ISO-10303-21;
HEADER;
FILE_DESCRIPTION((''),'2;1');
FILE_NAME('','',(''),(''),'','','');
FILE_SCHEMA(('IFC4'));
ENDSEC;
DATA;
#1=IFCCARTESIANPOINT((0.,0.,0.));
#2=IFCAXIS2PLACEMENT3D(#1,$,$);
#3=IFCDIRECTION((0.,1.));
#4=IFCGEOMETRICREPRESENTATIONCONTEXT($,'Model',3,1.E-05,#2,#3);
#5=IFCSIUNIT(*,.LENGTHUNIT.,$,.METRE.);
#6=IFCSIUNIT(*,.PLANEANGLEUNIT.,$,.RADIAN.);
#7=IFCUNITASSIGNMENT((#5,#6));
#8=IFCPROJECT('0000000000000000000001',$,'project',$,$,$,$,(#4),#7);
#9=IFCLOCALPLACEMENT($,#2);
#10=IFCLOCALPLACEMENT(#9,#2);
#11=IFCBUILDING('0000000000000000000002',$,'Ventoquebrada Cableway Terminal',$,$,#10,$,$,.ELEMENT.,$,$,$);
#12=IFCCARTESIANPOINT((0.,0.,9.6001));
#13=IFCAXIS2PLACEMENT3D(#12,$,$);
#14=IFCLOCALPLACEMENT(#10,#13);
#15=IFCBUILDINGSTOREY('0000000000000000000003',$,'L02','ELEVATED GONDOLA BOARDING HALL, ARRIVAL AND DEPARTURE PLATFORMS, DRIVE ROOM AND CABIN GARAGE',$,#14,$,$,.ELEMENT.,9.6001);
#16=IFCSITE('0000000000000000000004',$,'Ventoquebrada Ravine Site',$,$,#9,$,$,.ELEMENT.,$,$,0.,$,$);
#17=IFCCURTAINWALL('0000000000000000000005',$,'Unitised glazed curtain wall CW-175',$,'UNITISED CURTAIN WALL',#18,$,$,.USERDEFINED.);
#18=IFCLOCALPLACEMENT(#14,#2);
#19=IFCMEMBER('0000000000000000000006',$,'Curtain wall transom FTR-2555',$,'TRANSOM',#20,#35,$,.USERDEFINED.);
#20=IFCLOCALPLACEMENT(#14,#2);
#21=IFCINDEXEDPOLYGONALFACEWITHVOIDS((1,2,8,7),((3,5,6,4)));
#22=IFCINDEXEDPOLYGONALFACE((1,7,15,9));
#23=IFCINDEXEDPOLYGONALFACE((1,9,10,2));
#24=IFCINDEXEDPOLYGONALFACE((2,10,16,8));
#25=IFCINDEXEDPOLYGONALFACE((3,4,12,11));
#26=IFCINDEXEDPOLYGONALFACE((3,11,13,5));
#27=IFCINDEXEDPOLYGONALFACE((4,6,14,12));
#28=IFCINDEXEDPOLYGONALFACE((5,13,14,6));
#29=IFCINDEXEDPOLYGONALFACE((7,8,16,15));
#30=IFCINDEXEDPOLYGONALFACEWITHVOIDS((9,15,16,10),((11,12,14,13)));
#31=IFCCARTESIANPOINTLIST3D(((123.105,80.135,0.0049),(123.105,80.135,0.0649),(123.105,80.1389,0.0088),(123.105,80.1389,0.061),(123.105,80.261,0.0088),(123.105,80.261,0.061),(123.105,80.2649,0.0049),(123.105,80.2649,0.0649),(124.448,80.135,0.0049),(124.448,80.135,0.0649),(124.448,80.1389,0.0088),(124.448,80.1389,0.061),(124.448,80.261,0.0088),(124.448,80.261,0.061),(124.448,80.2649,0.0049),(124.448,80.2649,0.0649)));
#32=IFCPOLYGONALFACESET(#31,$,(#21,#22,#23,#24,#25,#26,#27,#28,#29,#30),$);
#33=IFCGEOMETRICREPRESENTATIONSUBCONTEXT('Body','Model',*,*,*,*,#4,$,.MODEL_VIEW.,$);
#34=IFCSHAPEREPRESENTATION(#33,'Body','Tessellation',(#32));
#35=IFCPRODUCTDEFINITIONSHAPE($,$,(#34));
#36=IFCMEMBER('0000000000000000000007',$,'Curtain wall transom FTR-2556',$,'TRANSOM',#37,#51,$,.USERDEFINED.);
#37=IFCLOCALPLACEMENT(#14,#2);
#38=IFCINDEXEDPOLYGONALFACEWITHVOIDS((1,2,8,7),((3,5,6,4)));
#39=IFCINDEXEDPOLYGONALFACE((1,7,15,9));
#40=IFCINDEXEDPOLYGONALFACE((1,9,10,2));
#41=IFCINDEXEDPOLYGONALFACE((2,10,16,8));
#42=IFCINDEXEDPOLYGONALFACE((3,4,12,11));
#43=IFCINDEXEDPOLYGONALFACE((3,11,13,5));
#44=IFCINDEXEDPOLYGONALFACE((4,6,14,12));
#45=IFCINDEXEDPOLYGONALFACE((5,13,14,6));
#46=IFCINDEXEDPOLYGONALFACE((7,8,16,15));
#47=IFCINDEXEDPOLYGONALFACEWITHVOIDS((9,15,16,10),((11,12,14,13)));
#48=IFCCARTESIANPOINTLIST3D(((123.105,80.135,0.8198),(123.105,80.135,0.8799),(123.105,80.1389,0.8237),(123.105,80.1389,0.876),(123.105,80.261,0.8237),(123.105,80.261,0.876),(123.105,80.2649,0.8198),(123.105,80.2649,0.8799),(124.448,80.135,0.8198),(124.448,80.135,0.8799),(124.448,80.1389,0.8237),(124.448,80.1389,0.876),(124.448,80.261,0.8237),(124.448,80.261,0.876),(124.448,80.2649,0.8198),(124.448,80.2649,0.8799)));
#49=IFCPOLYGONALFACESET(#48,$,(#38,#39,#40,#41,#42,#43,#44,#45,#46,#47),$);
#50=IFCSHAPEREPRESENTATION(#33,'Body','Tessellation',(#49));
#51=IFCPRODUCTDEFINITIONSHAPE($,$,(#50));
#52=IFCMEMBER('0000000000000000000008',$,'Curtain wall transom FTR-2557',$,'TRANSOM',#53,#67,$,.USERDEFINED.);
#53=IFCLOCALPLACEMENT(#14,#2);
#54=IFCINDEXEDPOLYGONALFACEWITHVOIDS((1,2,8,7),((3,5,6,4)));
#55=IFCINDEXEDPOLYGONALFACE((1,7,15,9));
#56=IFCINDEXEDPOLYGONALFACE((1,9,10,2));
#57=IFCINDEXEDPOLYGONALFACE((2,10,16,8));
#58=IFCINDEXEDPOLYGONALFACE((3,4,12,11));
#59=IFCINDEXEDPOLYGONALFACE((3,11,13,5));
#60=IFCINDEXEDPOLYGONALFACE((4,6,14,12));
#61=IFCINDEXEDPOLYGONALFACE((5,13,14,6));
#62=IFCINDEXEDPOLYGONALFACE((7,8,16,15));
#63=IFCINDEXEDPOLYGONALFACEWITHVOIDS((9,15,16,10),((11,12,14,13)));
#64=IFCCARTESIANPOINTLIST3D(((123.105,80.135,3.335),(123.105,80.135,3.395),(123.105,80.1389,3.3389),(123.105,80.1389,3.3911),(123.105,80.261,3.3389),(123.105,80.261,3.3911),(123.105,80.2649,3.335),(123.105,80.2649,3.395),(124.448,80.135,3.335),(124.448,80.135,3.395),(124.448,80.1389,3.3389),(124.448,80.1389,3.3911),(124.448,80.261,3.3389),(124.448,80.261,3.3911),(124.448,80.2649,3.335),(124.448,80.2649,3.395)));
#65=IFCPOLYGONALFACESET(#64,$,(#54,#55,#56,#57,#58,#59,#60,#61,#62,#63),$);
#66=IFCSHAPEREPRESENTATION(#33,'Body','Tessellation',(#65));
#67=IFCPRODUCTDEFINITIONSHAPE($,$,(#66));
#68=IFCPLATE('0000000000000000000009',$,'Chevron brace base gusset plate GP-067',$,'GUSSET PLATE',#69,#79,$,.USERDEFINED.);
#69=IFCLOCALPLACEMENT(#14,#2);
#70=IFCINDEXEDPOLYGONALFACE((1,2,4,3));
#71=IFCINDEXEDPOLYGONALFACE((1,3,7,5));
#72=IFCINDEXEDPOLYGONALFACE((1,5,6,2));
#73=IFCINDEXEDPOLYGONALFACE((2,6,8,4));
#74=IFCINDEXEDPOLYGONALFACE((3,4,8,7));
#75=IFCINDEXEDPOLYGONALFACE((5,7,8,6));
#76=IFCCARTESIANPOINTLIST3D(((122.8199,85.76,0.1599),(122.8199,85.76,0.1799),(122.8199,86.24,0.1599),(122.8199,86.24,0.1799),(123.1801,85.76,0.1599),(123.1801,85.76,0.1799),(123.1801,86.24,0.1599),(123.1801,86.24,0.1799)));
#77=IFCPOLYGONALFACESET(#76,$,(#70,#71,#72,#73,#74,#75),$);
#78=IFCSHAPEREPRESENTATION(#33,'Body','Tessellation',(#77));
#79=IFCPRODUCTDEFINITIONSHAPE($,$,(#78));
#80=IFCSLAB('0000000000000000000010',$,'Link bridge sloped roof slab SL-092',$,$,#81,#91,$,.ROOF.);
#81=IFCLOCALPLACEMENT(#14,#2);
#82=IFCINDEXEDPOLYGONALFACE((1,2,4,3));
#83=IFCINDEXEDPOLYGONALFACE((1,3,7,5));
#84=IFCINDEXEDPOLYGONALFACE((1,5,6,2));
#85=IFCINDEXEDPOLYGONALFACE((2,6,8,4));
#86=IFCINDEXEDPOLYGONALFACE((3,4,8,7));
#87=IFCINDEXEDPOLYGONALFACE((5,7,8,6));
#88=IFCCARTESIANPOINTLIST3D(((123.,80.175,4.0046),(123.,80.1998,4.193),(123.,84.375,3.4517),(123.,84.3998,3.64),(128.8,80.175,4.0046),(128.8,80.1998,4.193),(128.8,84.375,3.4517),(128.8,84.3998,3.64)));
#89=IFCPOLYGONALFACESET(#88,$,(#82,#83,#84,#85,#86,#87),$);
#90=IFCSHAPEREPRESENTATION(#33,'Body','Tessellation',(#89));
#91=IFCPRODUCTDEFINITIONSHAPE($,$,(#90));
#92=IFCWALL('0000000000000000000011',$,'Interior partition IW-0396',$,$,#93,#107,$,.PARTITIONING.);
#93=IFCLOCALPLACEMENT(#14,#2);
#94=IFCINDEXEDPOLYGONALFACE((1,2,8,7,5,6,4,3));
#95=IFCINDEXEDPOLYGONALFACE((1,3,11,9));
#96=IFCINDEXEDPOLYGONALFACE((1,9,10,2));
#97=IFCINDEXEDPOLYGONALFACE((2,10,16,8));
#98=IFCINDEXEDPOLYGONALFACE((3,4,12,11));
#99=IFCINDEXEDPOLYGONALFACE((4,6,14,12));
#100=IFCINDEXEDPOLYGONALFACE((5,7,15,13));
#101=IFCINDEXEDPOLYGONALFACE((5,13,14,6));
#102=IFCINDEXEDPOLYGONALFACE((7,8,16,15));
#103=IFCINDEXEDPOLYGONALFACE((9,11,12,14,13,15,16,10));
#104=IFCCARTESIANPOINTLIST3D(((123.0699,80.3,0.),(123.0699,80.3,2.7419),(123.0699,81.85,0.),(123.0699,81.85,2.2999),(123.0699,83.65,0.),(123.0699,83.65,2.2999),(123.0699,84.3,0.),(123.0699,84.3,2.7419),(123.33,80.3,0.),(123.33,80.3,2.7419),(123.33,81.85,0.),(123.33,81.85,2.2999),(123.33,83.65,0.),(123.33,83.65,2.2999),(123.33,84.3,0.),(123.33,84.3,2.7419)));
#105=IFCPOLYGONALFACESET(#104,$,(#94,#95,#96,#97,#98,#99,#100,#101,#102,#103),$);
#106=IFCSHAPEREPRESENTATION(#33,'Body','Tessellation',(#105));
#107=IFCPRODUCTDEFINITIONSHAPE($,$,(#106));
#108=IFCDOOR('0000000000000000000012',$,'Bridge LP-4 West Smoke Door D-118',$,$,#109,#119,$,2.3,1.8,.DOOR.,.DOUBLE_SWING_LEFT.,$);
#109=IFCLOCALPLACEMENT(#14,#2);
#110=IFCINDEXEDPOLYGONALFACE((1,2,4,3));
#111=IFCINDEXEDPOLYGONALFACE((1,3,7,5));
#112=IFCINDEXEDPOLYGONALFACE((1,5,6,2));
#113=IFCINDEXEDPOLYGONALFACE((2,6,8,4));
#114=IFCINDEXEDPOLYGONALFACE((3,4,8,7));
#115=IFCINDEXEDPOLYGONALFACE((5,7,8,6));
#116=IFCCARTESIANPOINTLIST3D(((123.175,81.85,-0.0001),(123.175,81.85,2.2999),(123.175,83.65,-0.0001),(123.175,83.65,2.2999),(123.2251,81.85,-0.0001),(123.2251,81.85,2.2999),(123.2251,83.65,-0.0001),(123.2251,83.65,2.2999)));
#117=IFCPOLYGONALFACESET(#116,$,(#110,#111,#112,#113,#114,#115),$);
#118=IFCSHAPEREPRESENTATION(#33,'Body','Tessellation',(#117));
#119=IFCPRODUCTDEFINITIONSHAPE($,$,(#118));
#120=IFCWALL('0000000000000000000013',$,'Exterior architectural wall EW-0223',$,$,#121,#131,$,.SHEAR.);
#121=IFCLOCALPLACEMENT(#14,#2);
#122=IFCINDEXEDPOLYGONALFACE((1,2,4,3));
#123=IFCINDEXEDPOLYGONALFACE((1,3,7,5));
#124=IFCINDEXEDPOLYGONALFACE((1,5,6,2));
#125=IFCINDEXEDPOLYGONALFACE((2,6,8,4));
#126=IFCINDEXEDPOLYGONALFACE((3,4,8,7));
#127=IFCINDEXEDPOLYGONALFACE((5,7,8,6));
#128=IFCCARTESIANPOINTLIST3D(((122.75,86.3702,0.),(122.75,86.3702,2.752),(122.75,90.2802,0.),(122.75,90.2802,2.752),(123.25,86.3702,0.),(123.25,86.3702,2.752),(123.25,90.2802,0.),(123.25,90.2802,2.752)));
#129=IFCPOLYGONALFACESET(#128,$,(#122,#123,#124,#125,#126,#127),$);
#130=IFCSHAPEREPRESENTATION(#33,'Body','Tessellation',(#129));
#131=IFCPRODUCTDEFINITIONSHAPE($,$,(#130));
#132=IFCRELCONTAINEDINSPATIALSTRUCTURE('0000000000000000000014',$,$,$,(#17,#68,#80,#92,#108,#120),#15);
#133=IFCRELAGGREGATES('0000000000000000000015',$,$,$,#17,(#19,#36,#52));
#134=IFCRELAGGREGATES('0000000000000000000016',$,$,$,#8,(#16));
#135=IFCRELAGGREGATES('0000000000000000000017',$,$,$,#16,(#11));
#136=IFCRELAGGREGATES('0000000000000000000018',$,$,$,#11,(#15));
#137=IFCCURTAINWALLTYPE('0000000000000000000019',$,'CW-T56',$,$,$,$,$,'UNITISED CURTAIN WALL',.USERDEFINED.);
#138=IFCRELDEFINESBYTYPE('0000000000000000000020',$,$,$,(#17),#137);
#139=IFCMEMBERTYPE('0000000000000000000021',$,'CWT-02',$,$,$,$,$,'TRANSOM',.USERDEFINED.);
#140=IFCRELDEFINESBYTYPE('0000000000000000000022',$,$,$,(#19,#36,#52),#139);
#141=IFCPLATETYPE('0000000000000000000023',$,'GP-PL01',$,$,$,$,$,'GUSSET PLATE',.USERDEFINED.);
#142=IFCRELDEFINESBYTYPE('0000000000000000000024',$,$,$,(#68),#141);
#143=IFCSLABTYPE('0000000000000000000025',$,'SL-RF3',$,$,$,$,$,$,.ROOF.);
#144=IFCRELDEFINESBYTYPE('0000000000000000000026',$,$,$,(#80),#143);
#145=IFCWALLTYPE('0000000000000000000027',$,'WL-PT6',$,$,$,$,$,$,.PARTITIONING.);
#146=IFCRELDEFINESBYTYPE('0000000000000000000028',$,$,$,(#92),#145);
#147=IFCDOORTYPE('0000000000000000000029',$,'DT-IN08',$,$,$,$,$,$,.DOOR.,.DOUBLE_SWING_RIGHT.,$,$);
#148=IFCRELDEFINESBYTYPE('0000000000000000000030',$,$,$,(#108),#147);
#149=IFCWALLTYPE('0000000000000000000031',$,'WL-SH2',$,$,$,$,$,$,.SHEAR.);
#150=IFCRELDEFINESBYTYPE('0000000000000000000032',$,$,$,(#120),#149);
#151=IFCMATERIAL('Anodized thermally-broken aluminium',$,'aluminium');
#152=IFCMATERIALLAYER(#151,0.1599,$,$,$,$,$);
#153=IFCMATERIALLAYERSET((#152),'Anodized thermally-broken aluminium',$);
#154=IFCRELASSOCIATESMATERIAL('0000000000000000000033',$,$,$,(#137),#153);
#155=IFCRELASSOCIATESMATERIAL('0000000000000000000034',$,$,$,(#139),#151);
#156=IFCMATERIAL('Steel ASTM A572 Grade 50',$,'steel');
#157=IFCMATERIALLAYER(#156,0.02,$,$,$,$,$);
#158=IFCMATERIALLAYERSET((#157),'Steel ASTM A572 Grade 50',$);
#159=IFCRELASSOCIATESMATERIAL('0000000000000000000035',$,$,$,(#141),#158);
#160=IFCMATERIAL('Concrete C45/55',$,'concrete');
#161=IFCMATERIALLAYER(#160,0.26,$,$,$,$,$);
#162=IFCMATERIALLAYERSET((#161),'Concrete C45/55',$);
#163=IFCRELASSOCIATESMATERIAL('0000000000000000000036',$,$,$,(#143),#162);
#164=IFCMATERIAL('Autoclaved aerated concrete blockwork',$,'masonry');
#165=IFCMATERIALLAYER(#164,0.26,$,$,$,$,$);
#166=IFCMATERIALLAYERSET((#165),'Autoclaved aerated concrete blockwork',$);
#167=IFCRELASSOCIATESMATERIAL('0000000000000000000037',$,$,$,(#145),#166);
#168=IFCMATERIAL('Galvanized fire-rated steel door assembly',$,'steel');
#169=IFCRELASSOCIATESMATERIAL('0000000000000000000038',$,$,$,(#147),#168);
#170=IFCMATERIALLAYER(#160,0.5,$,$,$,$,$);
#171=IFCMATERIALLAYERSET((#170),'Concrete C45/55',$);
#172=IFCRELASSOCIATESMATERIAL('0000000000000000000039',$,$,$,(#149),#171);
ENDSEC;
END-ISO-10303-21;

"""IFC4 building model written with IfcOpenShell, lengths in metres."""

from ifc_helpers import new_model, si_unit, direction, frame, frame_2d, origin, origin_2d, place, context, subcontext, project, spatial, polyline, rectangle, hollow_rectangle, outline, extrude, material, layer, layer_set, material_profile, profile_set, type_object, element, fill, aggregate, save


model = new_model("IFC4")

# Units and contexts
model_context = context("Model", 3, precision=1e-05, world=origin(), true_north=direction((0.0, 1.0)))
body_context = subcontext(model_context, "Body", "Model", "MODEL_VIEW")
ifc_project = project(units=[si_unit("LENGTHUNIT", "METRE"), si_unit("PLANEANGLEUNIT", "RADIAN")], contexts=[model_context])

# Site, building, storey
site_placement = place(None, origin())
site = spatial("IfcSite", under=ifc_project, at=site_placement, Name="Ventoquebrada Ravine Site", CompositionType="ELEMENT", RefElevation=0.0)
building_placement = place(site_placement, origin())
building = spatial("IfcBuilding", under=site, at=building_placement, Name="Ventoquebrada Cableway Terminal", CompositionType="ELEMENT")
storey_placement = place(building_placement, frame((0.0, 0.0, 9.6001)))
storey = spatial("IfcBuildingStorey", under=building, at=storey_placement, Name="L02", Description="ELEVATED GONDOLA BOARDING HALL, ARRIVAL AND DEPARTURE PLATFORMS, DRIVE ROOM AND CABIN GARAGE", CompositionType="ELEMENT", Elevation=9.6001)

# Curtain wall
ifc_material_1 = material(Name="Anodized thermally-broken aluminium", Category="aluminium")
ifc_layer_1 = layer(ifc_material_1, 0.1599)
ifc_layer_set_1 = layer_set([ifc_layer_1], Name="Anodized thermally-broken aluminium")
curtain_wall_type = type_object("IfcCurtainWallType", Name="CW-T56", ElementType="UNITISED CURTAIN WALL", PredefinedType="USERDEFINED", material=ifc_layer_set_1)
curtain_wall_1_placement = place(storey_placement, origin())
curtain_wall_1 = element("IfcCurtainWall", 1, at=curtain_wall_1_placement, inside=storey, type_object=curtain_wall_type, Name="Unitised glazed curtain wall CW-175", ObjectType="UNITISED CURTAIN WALL", PredefinedType="USERDEFINED")

# Members
ifc_material_profile_1 = material_profile(ifc_material_1, hollow_rectangle(XDim=0.0601, YDim=0.1299, WallThickness=0.0039, at=origin_2d()), Name="CW-TRN-60X130")
ifc_profile_set_1 = profile_set([ifc_material_profile_1], Name="Anodized thermally-broken aluminium")
member_type_1 = type_object("IfcMemberType", Name="CWT-02", ElementType="TRANSOM", PredefinedType="USERDEFINED", material=ifc_profile_set_1)
member_1_placement = place(storey_placement, frame((123.105, 80.2, 0.0349), z_axis=(1.0, 0.0, 0.0), x_axis=(0.0, 0.0, 1.0)))
member_1 = element("IfcMember", 2, at=member_1_placement, type_object=member_type_1, Name="Curtain wall transom FTR-2555", ObjectType="TRANSOM", PredefinedType="USERDEFINED", context=body_context, shape_type="SweptSolid", body=[
    extrude(hollow_rectangle(XDim=0.0601, YDim=0.1299, WallThickness=0.0039, at=origin_2d()), origin(), (0.0, 0.0, 1.0), 1.343),
])
member_2_placement = place(storey_placement, frame((123.105, 80.2, 0.8499), z_axis=(1.0, 0.0, 0.0), x_axis=(0.0, 0.0, 1.0)))
member_2 = element("IfcMember", 3, at=member_2_placement, type_object=member_type_1, Name="Curtain wall transom FTR-2556", ObjectType="TRANSOM", PredefinedType="USERDEFINED", context=body_context, shape_type="SweptSolid", body=[
    extrude(hollow_rectangle(XDim=0.0601, YDim=0.1299, WallThickness=0.0039, at=origin_2d()), origin(), (0.0, 0.0, 1.0), 1.343),
])
member_3_placement = place(storey_placement, frame((123.105, 80.2, 3.365), z_axis=(1.0, 0.0, 0.0), x_axis=(0.0, 0.0, 1.0)))
member_3 = element("IfcMember", 4, at=member_3_placement, type_object=member_type_1, Name="Curtain wall transom FTR-2557", ObjectType="TRANSOM", PredefinedType="USERDEFINED", context=body_context, shape_type="SweptSolid", body=[
    extrude(hollow_rectangle(XDim=0.0601, YDim=0.1299, WallThickness=0.0039, at=origin_2d()), origin(), (0.0, 0.0, 1.0), 1.343),
])
aggregate(curtain_wall_1, [member_1, member_2, member_3])

# Plate
ifc_material_2 = material(Name="Steel ASTM A572 Grade 50", Category="steel")
ifc_layer_2 = layer(ifc_material_2, 0.02)
ifc_layer_set_2 = layer_set([ifc_layer_2], Name="Steel ASTM A572 Grade 50")
plate_type = type_object("IfcPlateType", Name="GP-PL01", ElementType="GUSSET PLATE", PredefinedType="USERDEFINED", material=ifc_layer_set_2)
plate_placement = place(storey_placement, frame((123.0, 86.0, 0.1599), z_axis=(0.0, 0.0, 1.0), x_axis=(0.0, 1.0, 0.0)))
element("IfcPlate", 5, at=plate_placement, inside=storey, type_object=plate_type, Name="Chevron brace base gusset plate GP-067", ObjectType="GUSSET PLATE", PredefinedType="USERDEFINED", context=body_context, shape_type="SweptSolid", body=[
    extrude(rectangle(XDim=0.48, YDim=0.3601, at=origin_2d()), origin(), (0.0, 0.0, 1.0), 0.02),
])

# Slab
ifc_material_3 = material(Name="Concrete C45/55", Category="concrete")
ifc_layer_3 = layer(ifc_material_3, 0.26)
ifc_layer_set_3 = layer_set([ifc_layer_3], Name="Concrete C45/55")
slab_type = type_object("IfcSlabType", Name="SL-RF3", PredefinedType="ROOF", material=ifc_layer_set_3)
slab_placement = place(storey_placement, frame((123.0, 80.175, 4.0046), z_axis=(0.0, 0.130537, 0.991444), x_axis=(1.0, 0.0, 0.0)))
element("IfcSlab", 6, at=slab_placement, inside=storey, type_object=slab_type, Name="Link bridge sloped roof slab SL-092", PredefinedType="ROOF", context=body_context, shape_type="SweptSolid", body=[
    extrude(outline(polyline([(0.0, 0.0), (5.8, 0.0), (5.8, 4.2362), (0.0, 4.2362), (0.0, 0.0)])), origin(), (0.0, 0.0, 1.0), 0.1899),
])

# Wall, opening, door
ifc_material_4 = material(Name="Autoclaved aerated concrete blockwork", Category="masonry")
ifc_layer_4 = layer(ifc_material_4, 0.26)
ifc_layer_set_4 = layer_set([ifc_layer_4], Name="Autoclaved aerated concrete blockwork")
wall_type_1 = type_object("IfcWallType", Name="WL-PT6", PredefinedType="PARTITIONING", material=ifc_layer_set_4)
wall_1_placement = place(storey_placement, frame((123.2, 80.3, 0.0), z_axis=(0.0, 0.0, 1.0), x_axis=(0.0, 1.0, 0.0)))
wall_1 = element("IfcWall", 7, at=wall_1_placement, inside=storey, type_object=wall_type_1, Name="Interior partition IW-0396", PredefinedType="PARTITIONING", context=body_context, shape_type="SweptSolid", body=[
    extrude(rectangle(XDim=4.0, YDim=0.26, at=frame_2d((2.0, 0.0))), origin(), (0.0, 0.0, 1.0), 2.7419),
])
opening_placement = place(wall_1_placement, frame((1.55, 0.0, 0.0)))
opening = element("IfcOpeningElement", 8, at=opening_placement, cuts=wall_1, PredefinedType="OPENING", context=body_context, shape_type="SweptSolid", body=[
    extrude(rectangle(XDim=1.8, YDim=2.3, at=frame_2d((0.8999, 1.1499))), frame((0.0, 0.1399, 0.0), z_axis=(0.0, -1.0, 0.0), x_axis=(1.0, 0.0, 0.0)), (0.0, 0.0, 1.0), 0.28),
])
ifc_material_5 = material(Name="Galvanized fire-rated steel door assembly", Category="steel")
door_type = type_object("IfcDoorType", Name="DT-IN08", OperationType="DOUBLE_SWING_RIGHT", PredefinedType="DOOR", material=ifc_material_5)
door_placement = place(opening_placement, origin())
door = element("IfcDoor", 9, at=door_placement, inside=storey, type_object=door_type, Name="Bridge LP-4 West Smoke Door D-118", OperationType="DOUBLE_SWING_LEFT", OverallHeight=2.3, OverallWidth=1.8, PredefinedType="DOOR", context=body_context, shape_type="SweptSolid", body=[
    extrude(rectangle(XDim=1.8, YDim=2.3, at=frame_2d((0.8999, 1.1499))), frame((0.0, 0.0249, 0.0), z_axis=(0.0, -1.0, 0.0), x_axis=(1.0, 0.0, 0.0)), (0.0, 0.0, 1.0), 0.05),
])
fill(opening, door)

# Wall
ifc_layer_5 = layer(ifc_material_3, 0.5)
ifc_layer_set_5 = layer_set([ifc_layer_5], Name="Concrete C45/55")
wall_type_2 = type_object("IfcWallType", Name="WL-SH2", PredefinedType="SHEAR", material=ifc_layer_set_5)
wall_2_placement = place(storey_placement, frame((123.0, 86.3701, 0.0), z_axis=(0.0, 0.0, 1.0), x_axis=(0.0, 1.0, 0.0)))
element("IfcWall", 10, at=wall_2_placement, inside=storey, type_object=wall_type_2, Name="Exterior architectural wall EW-0223", PredefinedType="SHEAR", context=body_context, shape_type="SweptSolid", body=[
    extrude(rectangle(XDim=3.9099, YDim=0.5, at=frame_2d((1.9551, 0.0))), origin(), (0.0, 0.0, 1.0), 2.752),
])

save(model, "model.ifc")
